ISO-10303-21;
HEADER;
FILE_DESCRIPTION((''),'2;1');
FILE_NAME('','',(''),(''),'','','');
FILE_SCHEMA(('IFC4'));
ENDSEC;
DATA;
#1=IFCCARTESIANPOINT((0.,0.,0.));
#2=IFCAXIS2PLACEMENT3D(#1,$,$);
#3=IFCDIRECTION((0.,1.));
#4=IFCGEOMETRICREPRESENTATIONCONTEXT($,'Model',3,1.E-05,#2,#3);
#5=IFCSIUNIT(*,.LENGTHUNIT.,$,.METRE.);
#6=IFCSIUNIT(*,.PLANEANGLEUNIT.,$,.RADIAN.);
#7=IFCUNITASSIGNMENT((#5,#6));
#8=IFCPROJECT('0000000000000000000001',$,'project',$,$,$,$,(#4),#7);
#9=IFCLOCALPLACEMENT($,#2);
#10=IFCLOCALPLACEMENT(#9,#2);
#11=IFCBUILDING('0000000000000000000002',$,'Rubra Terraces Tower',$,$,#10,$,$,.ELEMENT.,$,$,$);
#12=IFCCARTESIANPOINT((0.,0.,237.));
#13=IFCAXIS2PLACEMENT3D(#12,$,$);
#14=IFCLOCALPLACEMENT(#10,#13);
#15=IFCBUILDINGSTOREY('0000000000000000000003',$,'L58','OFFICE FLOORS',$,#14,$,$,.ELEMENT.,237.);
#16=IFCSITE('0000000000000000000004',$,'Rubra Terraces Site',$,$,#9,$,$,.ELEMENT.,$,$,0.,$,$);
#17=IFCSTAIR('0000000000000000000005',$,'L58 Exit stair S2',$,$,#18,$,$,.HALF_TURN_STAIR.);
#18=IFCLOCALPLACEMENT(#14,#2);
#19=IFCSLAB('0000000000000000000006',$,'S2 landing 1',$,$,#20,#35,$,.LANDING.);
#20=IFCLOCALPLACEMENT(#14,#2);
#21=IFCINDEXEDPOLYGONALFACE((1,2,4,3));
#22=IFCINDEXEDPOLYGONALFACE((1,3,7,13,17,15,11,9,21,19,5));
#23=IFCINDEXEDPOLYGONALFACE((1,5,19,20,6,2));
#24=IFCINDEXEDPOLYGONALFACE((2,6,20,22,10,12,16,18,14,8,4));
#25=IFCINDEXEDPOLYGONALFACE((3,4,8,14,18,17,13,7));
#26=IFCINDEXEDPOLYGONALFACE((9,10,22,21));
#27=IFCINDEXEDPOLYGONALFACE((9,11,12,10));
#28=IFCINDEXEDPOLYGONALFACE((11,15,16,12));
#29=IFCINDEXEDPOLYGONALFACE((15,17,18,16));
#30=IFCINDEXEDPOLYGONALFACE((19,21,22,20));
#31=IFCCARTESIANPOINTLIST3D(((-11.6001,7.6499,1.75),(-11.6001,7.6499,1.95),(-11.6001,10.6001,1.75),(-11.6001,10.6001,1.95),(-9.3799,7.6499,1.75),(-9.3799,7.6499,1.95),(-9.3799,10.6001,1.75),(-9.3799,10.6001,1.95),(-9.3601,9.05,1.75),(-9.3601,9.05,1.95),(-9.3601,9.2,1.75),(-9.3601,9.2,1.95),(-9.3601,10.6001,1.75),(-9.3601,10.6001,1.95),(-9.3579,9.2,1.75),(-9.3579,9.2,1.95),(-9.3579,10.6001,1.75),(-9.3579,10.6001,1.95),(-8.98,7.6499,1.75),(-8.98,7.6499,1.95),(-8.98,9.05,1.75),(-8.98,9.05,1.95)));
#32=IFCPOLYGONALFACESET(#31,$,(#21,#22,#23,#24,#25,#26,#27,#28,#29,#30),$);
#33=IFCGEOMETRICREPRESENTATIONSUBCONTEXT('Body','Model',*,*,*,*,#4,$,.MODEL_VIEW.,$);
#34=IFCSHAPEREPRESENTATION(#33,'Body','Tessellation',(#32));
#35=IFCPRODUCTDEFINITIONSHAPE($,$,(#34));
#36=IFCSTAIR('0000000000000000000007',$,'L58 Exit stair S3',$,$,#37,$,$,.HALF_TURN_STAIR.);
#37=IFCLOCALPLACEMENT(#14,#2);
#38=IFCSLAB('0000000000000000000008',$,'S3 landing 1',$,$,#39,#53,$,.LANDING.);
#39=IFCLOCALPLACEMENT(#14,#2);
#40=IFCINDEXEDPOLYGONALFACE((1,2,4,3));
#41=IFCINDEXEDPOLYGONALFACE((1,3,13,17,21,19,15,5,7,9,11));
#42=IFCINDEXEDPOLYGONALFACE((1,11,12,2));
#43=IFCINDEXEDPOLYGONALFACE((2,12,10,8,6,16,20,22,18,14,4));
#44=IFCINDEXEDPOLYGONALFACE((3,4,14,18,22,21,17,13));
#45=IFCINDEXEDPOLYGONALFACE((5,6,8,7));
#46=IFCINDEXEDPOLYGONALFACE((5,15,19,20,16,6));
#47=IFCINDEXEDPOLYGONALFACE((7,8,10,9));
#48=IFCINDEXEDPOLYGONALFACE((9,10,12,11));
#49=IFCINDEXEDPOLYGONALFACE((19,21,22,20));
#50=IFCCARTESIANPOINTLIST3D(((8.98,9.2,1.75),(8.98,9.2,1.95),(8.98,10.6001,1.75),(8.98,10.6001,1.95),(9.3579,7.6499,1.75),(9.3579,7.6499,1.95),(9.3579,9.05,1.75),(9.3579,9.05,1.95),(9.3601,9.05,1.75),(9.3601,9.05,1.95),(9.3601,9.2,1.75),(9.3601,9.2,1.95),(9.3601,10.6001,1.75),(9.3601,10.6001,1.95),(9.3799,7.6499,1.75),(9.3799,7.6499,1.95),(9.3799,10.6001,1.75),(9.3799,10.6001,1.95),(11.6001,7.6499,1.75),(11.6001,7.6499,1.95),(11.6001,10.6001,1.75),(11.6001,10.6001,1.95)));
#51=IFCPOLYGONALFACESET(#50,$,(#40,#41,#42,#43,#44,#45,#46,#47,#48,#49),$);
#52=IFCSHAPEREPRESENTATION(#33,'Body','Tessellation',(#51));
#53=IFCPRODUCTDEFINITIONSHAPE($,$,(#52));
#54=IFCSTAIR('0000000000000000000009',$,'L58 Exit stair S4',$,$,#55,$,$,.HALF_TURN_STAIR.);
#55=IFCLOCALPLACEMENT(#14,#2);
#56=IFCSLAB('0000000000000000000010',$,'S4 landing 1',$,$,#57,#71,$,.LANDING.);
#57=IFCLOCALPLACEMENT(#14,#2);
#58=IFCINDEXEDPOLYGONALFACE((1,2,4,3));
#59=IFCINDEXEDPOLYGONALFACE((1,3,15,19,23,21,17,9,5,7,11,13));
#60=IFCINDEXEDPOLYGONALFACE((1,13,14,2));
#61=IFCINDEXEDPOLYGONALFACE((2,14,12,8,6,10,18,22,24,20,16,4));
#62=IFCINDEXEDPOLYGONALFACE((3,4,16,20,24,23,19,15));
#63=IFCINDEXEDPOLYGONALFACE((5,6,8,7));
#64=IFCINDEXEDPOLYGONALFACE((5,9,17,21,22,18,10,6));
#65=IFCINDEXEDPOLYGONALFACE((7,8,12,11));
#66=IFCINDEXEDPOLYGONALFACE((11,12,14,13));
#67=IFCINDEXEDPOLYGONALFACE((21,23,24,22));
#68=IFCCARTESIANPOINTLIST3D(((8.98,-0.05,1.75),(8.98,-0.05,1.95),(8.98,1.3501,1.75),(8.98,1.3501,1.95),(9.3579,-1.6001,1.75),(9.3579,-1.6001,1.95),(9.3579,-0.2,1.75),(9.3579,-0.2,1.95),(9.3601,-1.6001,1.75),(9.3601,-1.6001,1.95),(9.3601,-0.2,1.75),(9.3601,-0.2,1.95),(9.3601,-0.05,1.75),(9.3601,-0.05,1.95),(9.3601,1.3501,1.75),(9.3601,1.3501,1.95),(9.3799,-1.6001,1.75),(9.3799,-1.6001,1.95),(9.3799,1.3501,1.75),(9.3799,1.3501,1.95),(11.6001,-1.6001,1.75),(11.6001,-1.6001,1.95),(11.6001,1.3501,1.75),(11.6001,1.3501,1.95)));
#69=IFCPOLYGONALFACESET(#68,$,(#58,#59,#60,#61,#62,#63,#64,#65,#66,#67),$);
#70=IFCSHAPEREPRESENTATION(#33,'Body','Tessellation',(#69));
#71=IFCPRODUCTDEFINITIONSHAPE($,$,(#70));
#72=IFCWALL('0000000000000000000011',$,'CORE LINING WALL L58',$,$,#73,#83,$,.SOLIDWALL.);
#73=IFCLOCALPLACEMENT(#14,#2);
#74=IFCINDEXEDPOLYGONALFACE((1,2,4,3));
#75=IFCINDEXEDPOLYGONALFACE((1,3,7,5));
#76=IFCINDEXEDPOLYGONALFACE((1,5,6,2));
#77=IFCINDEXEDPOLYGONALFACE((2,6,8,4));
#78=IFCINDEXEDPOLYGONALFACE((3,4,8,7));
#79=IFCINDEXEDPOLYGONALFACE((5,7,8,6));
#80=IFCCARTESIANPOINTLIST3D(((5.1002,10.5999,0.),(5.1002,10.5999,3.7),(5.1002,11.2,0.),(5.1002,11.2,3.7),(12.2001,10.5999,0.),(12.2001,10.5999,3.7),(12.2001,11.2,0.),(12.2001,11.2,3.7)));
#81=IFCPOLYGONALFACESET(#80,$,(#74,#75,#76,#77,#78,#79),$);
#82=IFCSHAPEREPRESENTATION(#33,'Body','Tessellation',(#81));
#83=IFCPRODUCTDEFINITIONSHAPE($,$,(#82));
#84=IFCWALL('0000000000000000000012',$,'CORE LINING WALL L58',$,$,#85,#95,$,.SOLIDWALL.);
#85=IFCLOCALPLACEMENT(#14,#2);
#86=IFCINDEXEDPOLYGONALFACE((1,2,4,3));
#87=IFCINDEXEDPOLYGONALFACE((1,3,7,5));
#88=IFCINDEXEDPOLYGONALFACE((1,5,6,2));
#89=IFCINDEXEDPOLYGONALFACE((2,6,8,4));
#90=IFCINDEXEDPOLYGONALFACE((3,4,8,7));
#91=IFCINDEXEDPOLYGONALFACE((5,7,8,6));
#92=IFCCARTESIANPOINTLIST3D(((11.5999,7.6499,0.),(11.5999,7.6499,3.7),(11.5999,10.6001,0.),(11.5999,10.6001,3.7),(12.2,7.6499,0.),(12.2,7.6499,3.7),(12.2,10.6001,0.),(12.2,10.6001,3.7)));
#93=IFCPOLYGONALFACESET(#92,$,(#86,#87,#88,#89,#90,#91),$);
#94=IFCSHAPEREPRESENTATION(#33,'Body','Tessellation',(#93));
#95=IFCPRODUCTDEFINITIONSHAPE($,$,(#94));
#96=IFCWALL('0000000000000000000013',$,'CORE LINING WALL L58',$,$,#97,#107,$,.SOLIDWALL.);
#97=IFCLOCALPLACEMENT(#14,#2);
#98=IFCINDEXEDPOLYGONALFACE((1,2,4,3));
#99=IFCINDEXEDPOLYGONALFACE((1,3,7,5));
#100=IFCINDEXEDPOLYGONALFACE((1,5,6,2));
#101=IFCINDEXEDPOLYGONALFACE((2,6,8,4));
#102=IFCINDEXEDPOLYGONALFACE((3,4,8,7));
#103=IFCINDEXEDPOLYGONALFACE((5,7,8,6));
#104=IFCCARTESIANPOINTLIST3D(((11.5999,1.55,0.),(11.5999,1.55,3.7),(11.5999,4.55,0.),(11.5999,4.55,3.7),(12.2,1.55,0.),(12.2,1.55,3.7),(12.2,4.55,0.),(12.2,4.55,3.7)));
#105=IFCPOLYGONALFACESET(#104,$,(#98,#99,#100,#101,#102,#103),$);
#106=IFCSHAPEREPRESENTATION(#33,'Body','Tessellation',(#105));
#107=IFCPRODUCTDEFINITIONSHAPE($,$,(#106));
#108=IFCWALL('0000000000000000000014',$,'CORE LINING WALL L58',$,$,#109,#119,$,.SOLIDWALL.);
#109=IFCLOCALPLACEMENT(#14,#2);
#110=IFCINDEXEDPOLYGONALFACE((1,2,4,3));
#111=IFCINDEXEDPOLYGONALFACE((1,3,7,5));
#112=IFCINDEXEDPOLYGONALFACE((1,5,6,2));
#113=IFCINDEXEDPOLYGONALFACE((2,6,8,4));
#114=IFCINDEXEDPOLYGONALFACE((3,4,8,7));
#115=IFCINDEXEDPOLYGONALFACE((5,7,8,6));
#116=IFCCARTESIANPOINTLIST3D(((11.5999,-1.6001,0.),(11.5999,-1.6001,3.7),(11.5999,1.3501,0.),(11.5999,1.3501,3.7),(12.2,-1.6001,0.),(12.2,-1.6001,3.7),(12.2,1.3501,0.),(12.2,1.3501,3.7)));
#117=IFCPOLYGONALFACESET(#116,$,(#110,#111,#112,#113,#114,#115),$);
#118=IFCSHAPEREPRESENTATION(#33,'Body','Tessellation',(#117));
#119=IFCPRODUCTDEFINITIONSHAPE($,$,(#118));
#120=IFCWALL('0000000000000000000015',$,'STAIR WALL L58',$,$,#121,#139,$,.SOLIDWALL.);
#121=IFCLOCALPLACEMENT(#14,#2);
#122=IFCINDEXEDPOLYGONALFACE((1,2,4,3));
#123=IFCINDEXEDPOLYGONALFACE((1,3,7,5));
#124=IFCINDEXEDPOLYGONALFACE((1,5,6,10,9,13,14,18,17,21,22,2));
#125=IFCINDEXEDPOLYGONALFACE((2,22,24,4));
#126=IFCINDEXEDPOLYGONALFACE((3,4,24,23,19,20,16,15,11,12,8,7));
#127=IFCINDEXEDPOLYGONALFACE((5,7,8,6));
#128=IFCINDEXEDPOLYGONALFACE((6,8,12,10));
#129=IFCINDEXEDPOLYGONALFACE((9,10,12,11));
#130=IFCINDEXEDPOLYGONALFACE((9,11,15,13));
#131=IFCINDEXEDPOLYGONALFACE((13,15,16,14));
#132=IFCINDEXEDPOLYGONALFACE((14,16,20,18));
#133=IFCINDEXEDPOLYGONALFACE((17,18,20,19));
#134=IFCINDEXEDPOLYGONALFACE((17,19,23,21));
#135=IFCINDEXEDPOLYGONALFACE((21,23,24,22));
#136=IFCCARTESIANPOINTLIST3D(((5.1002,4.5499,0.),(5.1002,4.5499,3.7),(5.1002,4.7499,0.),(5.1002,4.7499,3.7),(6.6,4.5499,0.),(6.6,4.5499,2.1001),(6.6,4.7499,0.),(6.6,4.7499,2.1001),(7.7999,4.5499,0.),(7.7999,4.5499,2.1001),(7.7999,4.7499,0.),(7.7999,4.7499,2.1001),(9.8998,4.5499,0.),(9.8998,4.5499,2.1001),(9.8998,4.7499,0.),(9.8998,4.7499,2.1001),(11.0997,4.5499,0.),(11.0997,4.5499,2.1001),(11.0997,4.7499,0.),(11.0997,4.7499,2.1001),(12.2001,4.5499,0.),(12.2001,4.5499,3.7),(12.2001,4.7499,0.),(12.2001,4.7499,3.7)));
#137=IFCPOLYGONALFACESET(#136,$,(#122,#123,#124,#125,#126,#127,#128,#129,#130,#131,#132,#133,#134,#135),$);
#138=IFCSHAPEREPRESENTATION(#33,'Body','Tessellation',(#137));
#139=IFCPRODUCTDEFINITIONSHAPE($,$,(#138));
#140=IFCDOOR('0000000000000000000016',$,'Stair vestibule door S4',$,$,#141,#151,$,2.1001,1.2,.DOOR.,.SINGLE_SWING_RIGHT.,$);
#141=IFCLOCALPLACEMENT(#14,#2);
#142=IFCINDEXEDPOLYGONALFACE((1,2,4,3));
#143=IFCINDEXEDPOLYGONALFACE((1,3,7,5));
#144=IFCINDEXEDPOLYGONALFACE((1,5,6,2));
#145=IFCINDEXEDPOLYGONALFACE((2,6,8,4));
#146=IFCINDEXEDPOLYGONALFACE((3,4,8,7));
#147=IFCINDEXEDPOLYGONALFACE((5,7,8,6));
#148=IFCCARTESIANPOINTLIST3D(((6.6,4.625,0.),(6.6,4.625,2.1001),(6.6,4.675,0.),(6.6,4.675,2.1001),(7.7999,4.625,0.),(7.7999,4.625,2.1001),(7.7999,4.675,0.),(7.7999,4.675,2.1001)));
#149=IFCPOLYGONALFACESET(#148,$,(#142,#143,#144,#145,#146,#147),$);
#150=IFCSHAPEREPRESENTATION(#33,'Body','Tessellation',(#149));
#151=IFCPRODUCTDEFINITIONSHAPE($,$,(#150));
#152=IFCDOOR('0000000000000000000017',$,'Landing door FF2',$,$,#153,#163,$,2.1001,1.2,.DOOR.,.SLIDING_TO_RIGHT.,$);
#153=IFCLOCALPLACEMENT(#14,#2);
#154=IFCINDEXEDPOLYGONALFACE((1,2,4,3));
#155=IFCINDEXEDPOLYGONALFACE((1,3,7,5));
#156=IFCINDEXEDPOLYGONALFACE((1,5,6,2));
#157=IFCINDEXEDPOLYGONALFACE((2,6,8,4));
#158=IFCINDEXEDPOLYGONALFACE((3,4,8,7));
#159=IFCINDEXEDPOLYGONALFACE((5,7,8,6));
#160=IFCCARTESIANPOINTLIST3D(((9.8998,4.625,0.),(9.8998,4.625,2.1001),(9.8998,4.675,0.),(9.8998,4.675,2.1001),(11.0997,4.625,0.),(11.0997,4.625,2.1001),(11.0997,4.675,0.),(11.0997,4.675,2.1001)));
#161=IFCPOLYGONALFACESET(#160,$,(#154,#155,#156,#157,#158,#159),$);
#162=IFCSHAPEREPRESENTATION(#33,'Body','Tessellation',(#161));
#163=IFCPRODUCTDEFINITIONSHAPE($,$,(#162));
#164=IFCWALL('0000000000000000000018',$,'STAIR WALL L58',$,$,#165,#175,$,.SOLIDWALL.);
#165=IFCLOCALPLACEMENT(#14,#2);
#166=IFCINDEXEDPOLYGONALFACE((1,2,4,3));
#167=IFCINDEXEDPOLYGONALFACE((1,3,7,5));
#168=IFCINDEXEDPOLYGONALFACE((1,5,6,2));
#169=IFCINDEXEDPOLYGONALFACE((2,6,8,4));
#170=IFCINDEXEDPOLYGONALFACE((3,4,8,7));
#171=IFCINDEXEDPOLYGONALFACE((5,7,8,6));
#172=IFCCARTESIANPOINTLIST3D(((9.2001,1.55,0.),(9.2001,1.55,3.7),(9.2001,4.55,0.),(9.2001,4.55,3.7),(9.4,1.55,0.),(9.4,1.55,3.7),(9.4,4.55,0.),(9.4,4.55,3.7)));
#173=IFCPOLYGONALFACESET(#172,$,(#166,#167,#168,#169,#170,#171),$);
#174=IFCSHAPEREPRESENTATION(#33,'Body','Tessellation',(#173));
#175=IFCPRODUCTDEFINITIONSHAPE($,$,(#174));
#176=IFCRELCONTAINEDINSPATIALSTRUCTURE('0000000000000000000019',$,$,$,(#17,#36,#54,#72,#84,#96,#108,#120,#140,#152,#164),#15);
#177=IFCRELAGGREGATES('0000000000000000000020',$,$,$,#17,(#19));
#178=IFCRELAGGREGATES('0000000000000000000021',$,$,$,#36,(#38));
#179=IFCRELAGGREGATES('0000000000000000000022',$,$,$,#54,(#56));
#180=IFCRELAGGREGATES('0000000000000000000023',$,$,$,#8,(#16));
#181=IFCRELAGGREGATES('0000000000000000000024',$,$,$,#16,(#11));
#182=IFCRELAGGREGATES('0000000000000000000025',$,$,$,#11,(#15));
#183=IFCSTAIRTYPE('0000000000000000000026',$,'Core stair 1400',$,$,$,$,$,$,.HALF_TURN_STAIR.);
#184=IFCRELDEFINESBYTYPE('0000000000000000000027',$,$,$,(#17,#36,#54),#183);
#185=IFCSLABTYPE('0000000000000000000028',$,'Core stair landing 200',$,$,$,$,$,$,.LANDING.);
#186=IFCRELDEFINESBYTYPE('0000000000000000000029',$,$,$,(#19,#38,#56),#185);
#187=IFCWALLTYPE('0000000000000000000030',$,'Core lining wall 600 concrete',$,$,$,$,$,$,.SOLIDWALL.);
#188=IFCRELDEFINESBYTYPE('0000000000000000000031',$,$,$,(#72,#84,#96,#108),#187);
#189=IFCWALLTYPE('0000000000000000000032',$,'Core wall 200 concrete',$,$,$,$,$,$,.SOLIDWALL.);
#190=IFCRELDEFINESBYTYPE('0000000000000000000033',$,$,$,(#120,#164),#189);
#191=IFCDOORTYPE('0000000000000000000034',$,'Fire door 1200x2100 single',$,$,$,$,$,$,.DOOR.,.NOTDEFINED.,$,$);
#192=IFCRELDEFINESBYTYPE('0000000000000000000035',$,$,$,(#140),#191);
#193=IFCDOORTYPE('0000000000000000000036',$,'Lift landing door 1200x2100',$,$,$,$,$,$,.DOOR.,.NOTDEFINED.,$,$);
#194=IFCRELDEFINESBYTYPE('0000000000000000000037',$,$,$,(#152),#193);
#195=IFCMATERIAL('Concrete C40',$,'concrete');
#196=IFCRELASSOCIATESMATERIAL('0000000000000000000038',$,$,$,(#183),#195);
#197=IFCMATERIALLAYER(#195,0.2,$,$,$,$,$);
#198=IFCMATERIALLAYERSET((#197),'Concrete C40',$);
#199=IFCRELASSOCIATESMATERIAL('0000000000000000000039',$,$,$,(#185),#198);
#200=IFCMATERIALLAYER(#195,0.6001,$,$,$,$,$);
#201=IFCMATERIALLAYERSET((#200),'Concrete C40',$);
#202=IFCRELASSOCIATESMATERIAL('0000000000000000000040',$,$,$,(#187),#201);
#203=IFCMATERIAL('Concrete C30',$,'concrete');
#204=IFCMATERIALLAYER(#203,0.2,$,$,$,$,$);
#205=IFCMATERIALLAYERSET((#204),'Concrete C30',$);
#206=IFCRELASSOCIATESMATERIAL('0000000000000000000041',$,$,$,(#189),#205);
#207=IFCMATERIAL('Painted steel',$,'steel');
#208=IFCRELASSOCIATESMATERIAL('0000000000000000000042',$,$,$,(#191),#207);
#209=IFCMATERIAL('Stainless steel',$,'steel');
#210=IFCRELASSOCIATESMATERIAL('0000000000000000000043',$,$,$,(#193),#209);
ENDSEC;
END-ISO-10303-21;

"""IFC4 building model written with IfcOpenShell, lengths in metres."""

from ifc_helpers import new_model, si_unit, direction, frame, frame_2d, origin, place, context, subcontext, project, spatial, polyline, rectangle, outline, extrude, material, layer, layer_set, type_object, element, fill, aggregate, save


model = new_model("IFC4")

# Units and contexts
model_context = context("Model", 3, precision=1e-05, world=origin(), true_north=direction((0.0, 1.0)))
body_context = subcontext(model_context, "Body", "Model", "MODEL_VIEW")
ifc_project = project(units=[si_unit("LENGTHUNIT", "METRE"), si_unit("PLANEANGLEUNIT", "RADIAN")], contexts=[model_context])

# Site, building, storey
site_placement = place(None, origin())
site = spatial("IfcSite", under=ifc_project, at=site_placement, Name="Rubra Terraces Site", CompositionType="ELEMENT", RefElevation=0.0)
building_placement = place(site_placement, origin())
building = spatial("IfcBuilding", under=site, at=building_placement, Name="Rubra Terraces Tower", CompositionType="ELEMENT")
storey_placement = place(building_placement, frame((0.0, 0.0, 237.0)))
storey = spatial("IfcBuildingStorey", under=building, at=storey_placement, Name="L58", Description="OFFICE FLOORS", CompositionType="ELEMENT", Elevation=237.0)

# Stairs, slabs
ifc_material_1 = material(Name="Concrete C40", Category="concrete")
stair_type = type_object("IfcStairType", Name="Core stair 1400", PredefinedType="HALF_TURN_STAIR", material=ifc_material_1)
stair_1_placement = place(storey_placement, origin())
stair_1 = element("IfcStair", 1, at=stair_1_placement, inside=storey, type_object=stair_type, Name="L58 Exit stair S2", PredefinedType="HALF_TURN_STAIR")
ifc_layer_1 = layer(ifc_material_1, 0.2)
ifc_layer_set_1 = layer_set([ifc_layer_1], Name="Concrete C40")
slab_type = type_object("IfcSlabType", Name="Core stair landing 200", PredefinedType="LANDING", material=ifc_layer_set_1)
slab_1_placement = place(storey_placement, frame((0.0, 0.0, 1.75)))
slab_1 = element("IfcSlab", 2, at=slab_1_placement, type_object=slab_type, Name="S2 landing 1", PredefinedType="LANDING", context=body_context, shape_type="SweptSolid", body=[
    extrude(outline(polyline([(-8.98, 9.05), (-8.98, 7.6499), (-9.3799, 7.6499), (-11.6001, 7.6499), (-11.6001, 10.6001), (-9.3799, 10.6001), (-9.3601, 10.6001), (-9.3579, 10.6001), (-9.3579, 9.2), (-9.3601, 9.2), (-9.3601, 9.05), (-8.98, 9.05)])), origin(), (0.0, 0.0, 1.0), 0.2),
])
aggregate(stair_1, [slab_1])
stair_2_placement = place(storey_placement, origin())
stair_2 = element("IfcStair", 3, at=stair_2_placement, inside=storey, type_object=stair_type, Name="L58 Exit stair S3", PredefinedType="HALF_TURN_STAIR")
slab_2_placement = place(storey_placement, frame((0.0, 0.0, 1.75)))
slab_2 = element("IfcSlab", 4, at=slab_2_placement, type_object=slab_type, Name="S3 landing 1", PredefinedType="LANDING", context=body_context, shape_type="SweptSolid", body=[
    extrude(outline(polyline([(9.3601, 9.05), (9.3601, 9.2), (8.98, 9.2), (8.98, 10.6001), (9.3601, 10.6001), (9.3799, 10.6001), (11.6001, 10.6001), (11.6001, 7.6499), (9.3799, 7.6499), (9.3579, 7.6499), (9.3579, 9.05), (9.3601, 9.05)])), origin(), (0.0, 0.0, 1.0), 0.2),
])
stair_3_placement = place(storey_placement, origin())
stair_3 = element("IfcStair", 5, at=stair_3_placement, inside=storey, type_object=stair_type, Name="L58 Exit stair S4", PredefinedType="HALF_TURN_STAIR")
slab_3_placement = place(storey_placement, frame((0.0, 0.0, 1.75)))
slab_3 = element("IfcSlab", 6, at=slab_3_placement, type_object=slab_type, Name="S4 landing 1", PredefinedType="LANDING", context=body_context, shape_type="SweptSolid", body=[
    extrude(outline(polyline([(9.3601, -0.2), (9.3601, -0.05), (8.98, -0.05), (8.98, 1.3501), (9.3601, 1.3501), (9.3799, 1.3501), (11.6001, 1.3501), (11.6001, -1.6001), (9.3799, -1.6001), (9.3601, -1.6001), (9.3579, -1.6001), (9.3579, -0.2), (9.3601, -0.2)])), origin(), (0.0, 0.0, 1.0), 0.2),
])

# Walls
ifc_layer_2 = layer(ifc_material_1, 0.6001)
ifc_layer_set_2 = layer_set([ifc_layer_2], Name="Concrete C40")
wall_type_1 = type_object("IfcWallType", Name="Core lining wall 600 concrete", PredefinedType="SOLIDWALL", material=ifc_layer_set_2)
wall_1_placement = place(storey_placement, frame((12.2, 10.8999, 0.0), z_axis=(0.0, 0.0, 1.0), x_axis=(-1.0, 0.0, 0.0)))
element("IfcWall", 7, at=wall_1_placement, inside=storey, type_object=wall_type_1, Name="CORE LINING WALL L58", PredefinedType="SOLIDWALL", context=body_context, shape_type="SweptSolid", body=[
    extrude(rectangle(XDim=7.0999, YDim=0.6001, at=frame_2d((3.5498, 0.0))), origin(), (0.0, 0.0, 1.0), 3.7),
])
wall_2_placement = place(storey_placement, frame((11.8999, 10.6001, 0.0), z_axis=(0.0, 0.0, 1.0), x_axis=(0.0, -1.0, 0.0)))
element("IfcWall", 8, at=wall_2_placement, inside=storey, type_object=wall_type_1, Name="CORE LINING WALL L58", PredefinedType="SOLIDWALL", context=body_context, shape_type="SweptSolid", body=[
    extrude(rectangle(XDim=2.9502, YDim=0.6001, at=frame_2d((1.4751, 0.0))), origin(), (0.0, 0.0, 1.0), 3.7),
])
wall_3_placement = place(storey_placement, frame((11.8999, 4.55, 0.0), z_axis=(0.0, 0.0, 1.0), x_axis=(0.0, -1.0, 0.0)))
element("IfcWall", 9, at=wall_3_placement, inside=storey, type_object=wall_type_1, Name="CORE LINING WALL L58", PredefinedType="SOLIDWALL", context=body_context, shape_type="SweptSolid", body=[
    extrude(rectangle(XDim=3.0, YDim=0.6001, at=frame_2d((1.5, 0.0))), origin(), (0.0, 0.0, 1.0), 3.7),
])
wall_4_placement = place(storey_placement, frame((11.8999, 1.3501, 0.0), z_axis=(0.0, 0.0, 1.0), x_axis=(0.0, -1.0, 0.0)))
element("IfcWall", 10, at=wall_4_placement, inside=storey, type_object=wall_type_1, Name="CORE LINING WALL L58", PredefinedType="SOLIDWALL", context=body_context, shape_type="SweptSolid", body=[
    extrude(rectangle(XDim=2.9502, YDim=0.6001, at=frame_2d((1.4751, 0.0))), origin(), (0.0, 0.0, 1.0), 3.7),
])

# Wall, openings, doors
ifc_material_2 = material(Name="Concrete C30", Category="concrete")
ifc_layer_3 = layer(ifc_material_2, 0.2)
ifc_layer_set_3 = layer_set([ifc_layer_3], Name="Concrete C30")
wall_type_2 = type_object("IfcWallType", Name="Core wall 200 concrete", PredefinedType="SOLIDWALL", material=ifc_layer_set_3)
wall_5_placement = place(storey_placement, frame((12.2, 4.6499, 0.0), z_axis=(0.0, 0.0, 1.0), x_axis=(-1.0, 0.0, 0.0)))
wall_5 = element("IfcWall", 11, at=wall_5_placement, inside=storey, type_object=wall_type_2, Name="STAIR WALL L58", PredefinedType="SOLIDWALL", context=body_context, shape_type="SweptSolid", body=[
    extrude(rectangle(XDim=7.0999, YDim=0.2, at=frame_2d((3.5498, 0.0))), origin(), (0.0, 0.0, 1.0), 3.7),
])
opening_1_placement = place(wall_5_placement, frame((4.3999, 0.0, 0.0)))
opening_1 = element("IfcOpeningElement", 12, at=opening_1_placement, cuts=wall_5, PredefinedType="OPENING", context=body_context, shape_type="SweptSolid", body=[
    extrude(rectangle(XDim=1.2, YDim=2.1001, at=frame_2d((0.6001, 1.05))), frame((0.0, 0.1099, 0.0), z_axis=(0.0, -1.0, 0.0), x_axis=(1.0, 0.0, 0.0)), (0.0, 0.0, 1.0), 0.22),
])
opening_2_placement = place(wall_5_placement, frame((1.1001, 0.0, 0.0)))
opening_2 = element("IfcOpeningElement", 13, at=opening_2_placement, cuts=wall_5, PredefinedType="OPENING", context=body_context, shape_type="SweptSolid", body=[
    extrude(rectangle(XDim=1.2, YDim=2.1001, at=frame_2d((0.6001, 1.05))), frame((0.0, 0.1099, 0.0), z_axis=(0.0, -1.0, 0.0), x_axis=(1.0, 0.0, 0.0)), (0.0, 0.0, 1.0), 0.22),
])
ifc_material_3 = material(Name="Painted steel", Category="steel")
door_type_1 = type_object("IfcDoorType", Name="Fire door 1200x2100 single", OperationType="NOTDEFINED", PredefinedType="DOOR", material=ifc_material_3)
door_1_placement = place(opening_1_placement, origin())
door_1 = element("IfcDoor", 14, at=door_1_placement, inside=storey, type_object=door_type_1, Name="Stair vestibule door S4", OperationType="SINGLE_SWING_RIGHT", OverallHeight=2.1001, OverallWidth=1.2, PredefinedType="DOOR", context=body_context, shape_type="SweptSolid", body=[
    extrude(rectangle(XDim=1.2, YDim=2.1001, at=frame_2d((0.6001, 1.05))), frame((0.0, 0.0249, 0.0), z_axis=(0.0, -1.0, 0.0), x_axis=(1.0, 0.0, 0.0)), (0.0, 0.0, 1.0), 0.05),
])
fill(opening_1, door_1)
ifc_material_4 = material(Name="Stainless steel", Category="steel")
door_type_2 = type_object("IfcDoorType", Name="Lift landing door 1200x2100", OperationType="NOTDEFINED", PredefinedType="DOOR", material=ifc_material_4)
door_2_placement = place(opening_2_placement, origin())
door_2 = element("IfcDoor", 15, at=door_2_placement, inside=storey, type_object=door_type_2, Name="Landing door FF2", OperationType="SLIDING_TO_RIGHT", OverallHeight=2.1001, OverallWidth=1.2, PredefinedType="DOOR", context=body_context, shape_type="SweptSolid", body=[
    extrude(rectangle(XDim=1.2, YDim=2.1001, at=frame_2d((0.6001, 1.05))), frame((0.0, 0.0249, 0.0), z_axis=(0.0, -1.0, 0.0), x_axis=(1.0, 0.0, 0.0)), (0.0, 0.0, 1.0), 0.05),
])
fill(opening_2, door_2)

# Wall
wall_6_placement = place(storey_placement, frame((9.3, 4.55, 0.0), z_axis=(0.0, 0.0, 1.0), x_axis=(0.0, -1.0, 0.0)))
element("IfcWall", 16, at=wall_6_placement, inside=storey, type_object=wall_type_2, Name="STAIR WALL L58", PredefinedType="SOLIDWALL", context=body_context, shape_type="SweptSolid", body=[
    extrude(rectangle(XDim=3.0, YDim=0.2, at=frame_2d((1.5, 0.0))), origin(), (0.0, 0.0, 1.0), 3.7),
])

aggregate(stair_2, [slab_2])
aggregate(stair_3, [slab_3])

save(model, "model.ifc")
